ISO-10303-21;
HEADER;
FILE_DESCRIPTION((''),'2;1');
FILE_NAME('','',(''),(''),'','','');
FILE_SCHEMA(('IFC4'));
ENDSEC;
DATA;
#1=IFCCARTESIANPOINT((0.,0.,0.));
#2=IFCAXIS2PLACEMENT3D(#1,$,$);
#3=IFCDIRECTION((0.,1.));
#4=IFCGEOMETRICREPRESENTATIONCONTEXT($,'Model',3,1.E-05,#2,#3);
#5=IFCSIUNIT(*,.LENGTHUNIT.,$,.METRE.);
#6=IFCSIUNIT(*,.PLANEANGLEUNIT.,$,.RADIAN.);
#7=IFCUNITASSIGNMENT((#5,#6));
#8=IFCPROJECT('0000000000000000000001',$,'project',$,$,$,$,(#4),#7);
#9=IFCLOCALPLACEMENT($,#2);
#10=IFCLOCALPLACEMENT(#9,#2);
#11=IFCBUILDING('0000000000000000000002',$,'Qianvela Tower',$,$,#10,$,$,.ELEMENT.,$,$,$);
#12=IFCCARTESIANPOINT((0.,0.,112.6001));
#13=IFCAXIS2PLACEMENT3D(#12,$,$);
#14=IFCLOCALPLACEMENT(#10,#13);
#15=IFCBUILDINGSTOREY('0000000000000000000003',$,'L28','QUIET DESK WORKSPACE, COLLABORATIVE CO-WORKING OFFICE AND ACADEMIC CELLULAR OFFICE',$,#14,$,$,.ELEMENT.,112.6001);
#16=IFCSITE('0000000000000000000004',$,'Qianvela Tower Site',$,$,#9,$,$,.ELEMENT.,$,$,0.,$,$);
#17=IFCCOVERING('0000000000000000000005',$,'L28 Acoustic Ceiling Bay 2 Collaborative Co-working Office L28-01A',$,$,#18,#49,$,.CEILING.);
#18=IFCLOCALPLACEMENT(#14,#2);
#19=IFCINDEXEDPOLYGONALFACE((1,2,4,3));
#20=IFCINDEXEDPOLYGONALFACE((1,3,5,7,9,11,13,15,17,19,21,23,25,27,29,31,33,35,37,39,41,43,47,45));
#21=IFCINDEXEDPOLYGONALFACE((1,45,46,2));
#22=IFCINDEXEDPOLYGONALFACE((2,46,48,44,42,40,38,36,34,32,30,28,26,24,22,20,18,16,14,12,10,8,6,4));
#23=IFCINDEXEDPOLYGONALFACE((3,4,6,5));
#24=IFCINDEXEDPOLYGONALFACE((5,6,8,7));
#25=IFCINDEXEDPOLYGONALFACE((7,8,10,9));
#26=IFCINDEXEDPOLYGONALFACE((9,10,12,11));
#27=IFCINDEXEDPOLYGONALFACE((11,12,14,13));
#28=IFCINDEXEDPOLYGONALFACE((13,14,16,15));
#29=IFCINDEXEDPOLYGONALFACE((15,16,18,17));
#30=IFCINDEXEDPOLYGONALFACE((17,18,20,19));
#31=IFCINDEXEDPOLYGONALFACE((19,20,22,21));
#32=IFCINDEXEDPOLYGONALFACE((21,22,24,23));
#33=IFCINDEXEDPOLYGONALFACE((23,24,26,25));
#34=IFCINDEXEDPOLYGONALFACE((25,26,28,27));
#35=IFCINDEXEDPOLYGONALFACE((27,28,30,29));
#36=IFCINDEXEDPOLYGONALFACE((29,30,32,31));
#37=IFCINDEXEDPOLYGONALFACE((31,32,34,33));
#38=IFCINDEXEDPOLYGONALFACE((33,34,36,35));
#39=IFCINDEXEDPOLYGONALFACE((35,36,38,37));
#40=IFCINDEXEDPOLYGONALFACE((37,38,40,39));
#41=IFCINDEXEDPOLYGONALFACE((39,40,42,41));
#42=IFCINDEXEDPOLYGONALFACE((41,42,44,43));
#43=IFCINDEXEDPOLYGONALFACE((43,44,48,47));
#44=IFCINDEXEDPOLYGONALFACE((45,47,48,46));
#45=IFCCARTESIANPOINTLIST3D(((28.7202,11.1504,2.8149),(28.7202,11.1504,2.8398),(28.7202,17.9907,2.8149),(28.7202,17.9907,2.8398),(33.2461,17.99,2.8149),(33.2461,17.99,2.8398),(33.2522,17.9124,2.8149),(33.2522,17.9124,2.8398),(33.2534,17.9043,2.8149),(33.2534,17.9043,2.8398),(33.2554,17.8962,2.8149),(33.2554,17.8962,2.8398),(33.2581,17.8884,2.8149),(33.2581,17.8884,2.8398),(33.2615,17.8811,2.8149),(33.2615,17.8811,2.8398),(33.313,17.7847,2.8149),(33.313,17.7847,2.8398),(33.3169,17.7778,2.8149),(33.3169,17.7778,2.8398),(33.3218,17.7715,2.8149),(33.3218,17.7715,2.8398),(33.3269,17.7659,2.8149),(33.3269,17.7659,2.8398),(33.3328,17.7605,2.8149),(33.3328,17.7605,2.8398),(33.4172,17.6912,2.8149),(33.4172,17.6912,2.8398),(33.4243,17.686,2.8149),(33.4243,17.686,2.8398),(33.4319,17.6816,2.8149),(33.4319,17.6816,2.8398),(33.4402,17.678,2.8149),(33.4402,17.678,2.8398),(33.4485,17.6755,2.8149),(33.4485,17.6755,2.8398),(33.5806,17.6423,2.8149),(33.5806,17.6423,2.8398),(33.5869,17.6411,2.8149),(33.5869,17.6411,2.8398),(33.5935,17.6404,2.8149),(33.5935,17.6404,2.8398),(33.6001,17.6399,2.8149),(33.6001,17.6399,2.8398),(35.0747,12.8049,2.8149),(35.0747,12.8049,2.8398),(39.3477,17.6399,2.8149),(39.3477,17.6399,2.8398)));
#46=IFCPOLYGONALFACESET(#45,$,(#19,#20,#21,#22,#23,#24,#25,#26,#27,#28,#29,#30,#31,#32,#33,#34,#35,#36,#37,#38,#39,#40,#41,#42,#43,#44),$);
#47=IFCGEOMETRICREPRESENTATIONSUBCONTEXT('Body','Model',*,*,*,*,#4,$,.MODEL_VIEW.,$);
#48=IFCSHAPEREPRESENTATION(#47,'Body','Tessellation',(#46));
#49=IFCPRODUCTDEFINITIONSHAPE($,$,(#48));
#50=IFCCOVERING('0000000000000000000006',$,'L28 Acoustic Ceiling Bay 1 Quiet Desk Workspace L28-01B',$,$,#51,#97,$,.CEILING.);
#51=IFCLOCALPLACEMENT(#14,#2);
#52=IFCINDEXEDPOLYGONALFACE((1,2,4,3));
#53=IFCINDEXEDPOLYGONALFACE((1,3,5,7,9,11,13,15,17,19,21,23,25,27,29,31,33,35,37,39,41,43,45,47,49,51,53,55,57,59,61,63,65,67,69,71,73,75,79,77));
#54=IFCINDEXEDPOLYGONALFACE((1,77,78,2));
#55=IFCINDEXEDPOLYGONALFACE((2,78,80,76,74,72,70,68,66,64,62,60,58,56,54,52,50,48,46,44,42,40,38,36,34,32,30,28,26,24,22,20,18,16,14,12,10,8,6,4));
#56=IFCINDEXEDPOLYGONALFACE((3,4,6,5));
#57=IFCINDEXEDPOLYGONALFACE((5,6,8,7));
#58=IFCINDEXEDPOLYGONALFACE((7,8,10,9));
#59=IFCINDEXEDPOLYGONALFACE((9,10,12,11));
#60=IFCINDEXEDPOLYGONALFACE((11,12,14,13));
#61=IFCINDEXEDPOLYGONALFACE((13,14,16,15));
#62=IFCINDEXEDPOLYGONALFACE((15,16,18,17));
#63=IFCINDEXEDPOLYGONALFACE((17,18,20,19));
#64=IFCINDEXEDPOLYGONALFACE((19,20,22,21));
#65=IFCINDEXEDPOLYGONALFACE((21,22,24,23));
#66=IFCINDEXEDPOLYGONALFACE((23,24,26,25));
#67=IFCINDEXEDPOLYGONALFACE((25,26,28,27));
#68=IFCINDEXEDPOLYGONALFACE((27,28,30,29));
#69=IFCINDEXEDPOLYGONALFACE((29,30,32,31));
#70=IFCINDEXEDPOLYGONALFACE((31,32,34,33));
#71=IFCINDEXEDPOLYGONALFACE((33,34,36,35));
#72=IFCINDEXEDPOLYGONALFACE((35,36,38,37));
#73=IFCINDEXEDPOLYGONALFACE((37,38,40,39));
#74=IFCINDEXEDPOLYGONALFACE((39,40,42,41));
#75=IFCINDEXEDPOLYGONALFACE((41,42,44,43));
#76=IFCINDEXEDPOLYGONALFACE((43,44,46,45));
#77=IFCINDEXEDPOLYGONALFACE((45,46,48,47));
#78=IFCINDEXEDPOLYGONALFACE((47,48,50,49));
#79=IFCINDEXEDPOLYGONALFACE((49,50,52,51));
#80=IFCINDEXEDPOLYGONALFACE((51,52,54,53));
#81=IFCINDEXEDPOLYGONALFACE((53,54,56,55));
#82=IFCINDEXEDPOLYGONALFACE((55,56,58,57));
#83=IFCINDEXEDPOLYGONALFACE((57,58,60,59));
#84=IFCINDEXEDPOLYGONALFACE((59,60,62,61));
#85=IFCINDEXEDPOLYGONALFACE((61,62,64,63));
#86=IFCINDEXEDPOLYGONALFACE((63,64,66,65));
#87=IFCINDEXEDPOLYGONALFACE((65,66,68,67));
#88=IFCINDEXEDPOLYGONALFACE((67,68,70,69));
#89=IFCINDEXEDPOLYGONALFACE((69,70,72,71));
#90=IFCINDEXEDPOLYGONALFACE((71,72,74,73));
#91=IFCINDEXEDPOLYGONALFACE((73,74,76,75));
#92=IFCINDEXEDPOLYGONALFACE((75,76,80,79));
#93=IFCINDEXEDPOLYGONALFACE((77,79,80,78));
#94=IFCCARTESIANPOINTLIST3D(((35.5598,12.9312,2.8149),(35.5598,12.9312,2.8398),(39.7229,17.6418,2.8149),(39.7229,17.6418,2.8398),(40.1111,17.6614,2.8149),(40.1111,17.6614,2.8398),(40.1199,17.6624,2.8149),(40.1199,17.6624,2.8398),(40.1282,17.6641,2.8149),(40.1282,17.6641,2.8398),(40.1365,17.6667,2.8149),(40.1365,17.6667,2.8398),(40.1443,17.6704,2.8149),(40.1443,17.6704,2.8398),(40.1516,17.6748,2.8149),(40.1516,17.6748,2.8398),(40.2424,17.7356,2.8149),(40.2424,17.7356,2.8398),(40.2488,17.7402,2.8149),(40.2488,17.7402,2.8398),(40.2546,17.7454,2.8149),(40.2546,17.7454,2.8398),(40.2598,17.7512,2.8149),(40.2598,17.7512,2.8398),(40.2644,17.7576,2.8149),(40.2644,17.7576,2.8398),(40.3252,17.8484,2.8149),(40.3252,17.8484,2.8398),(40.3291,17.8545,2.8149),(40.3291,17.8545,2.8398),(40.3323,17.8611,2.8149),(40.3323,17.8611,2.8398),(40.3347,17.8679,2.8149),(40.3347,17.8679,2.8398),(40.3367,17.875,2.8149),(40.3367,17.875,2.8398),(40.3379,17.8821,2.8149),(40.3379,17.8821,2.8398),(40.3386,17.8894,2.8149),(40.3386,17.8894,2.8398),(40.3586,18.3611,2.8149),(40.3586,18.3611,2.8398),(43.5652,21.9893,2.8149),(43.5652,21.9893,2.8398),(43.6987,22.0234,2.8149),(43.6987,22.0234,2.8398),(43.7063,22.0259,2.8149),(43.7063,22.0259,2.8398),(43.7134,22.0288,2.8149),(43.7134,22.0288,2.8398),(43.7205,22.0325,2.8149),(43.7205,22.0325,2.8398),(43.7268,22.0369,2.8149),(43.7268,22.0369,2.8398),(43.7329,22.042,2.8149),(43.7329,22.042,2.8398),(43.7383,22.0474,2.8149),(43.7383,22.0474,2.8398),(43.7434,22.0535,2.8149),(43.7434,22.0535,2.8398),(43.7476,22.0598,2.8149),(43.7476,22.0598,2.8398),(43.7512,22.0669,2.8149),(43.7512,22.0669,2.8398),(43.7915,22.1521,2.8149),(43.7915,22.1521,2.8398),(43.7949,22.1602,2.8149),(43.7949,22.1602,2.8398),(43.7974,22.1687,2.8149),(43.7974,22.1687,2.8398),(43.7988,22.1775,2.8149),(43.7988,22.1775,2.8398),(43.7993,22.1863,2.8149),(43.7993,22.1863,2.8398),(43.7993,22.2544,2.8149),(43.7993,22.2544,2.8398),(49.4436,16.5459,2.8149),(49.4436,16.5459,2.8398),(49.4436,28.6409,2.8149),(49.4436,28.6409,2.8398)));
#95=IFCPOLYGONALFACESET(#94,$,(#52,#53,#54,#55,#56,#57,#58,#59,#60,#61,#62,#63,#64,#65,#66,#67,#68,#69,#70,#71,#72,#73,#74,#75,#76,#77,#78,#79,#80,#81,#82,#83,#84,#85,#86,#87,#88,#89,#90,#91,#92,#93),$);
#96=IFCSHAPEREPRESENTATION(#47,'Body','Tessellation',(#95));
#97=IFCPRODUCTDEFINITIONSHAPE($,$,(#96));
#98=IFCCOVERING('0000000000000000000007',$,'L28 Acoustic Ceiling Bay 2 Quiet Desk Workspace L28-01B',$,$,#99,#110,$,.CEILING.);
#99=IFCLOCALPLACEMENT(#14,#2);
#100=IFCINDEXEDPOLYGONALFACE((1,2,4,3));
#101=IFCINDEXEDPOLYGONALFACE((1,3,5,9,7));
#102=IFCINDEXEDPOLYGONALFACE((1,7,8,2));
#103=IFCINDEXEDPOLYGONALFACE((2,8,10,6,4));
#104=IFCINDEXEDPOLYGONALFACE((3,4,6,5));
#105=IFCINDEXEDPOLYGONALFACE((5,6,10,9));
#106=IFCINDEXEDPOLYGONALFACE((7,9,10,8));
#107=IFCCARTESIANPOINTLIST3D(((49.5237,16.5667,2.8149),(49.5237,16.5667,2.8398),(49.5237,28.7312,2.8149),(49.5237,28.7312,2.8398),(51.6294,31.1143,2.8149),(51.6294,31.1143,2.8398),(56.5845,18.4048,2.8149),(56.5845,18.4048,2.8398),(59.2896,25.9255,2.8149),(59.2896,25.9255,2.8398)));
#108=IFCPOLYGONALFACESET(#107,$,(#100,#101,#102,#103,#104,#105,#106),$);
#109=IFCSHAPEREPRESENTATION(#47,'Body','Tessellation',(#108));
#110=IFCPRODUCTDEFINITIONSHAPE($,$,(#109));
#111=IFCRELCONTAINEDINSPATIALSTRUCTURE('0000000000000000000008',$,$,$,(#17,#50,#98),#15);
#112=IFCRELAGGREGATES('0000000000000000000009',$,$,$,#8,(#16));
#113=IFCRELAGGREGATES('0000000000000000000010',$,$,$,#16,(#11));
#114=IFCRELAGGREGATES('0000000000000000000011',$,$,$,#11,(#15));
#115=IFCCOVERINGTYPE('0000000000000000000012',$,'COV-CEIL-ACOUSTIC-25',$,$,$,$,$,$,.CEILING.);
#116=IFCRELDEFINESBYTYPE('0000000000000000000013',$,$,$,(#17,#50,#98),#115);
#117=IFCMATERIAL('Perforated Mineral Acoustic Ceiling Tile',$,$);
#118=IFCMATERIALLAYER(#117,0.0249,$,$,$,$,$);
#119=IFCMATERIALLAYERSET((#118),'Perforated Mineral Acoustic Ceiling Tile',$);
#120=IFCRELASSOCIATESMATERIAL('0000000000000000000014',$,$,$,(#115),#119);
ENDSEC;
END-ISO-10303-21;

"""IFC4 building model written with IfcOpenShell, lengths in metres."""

from ifc_helpers import new_model, si_unit, direction, frame, origin, place, context, subcontext, project, spatial, polyline, outline, extrude, material, layer, layer_set, type_object, element, save


model = new_model("IFC4")

# Units and contexts
model_context = context("Model", 3, precision=1e-05, world=origin(), true_north=direction((0.0, 1.0)))
body_context = subcontext(model_context, "Body", "Model", "MODEL_VIEW")
ifc_project = project(units=[si_unit("LENGTHUNIT", "METRE"), si_unit("PLANEANGLEUNIT", "RADIAN")], contexts=[model_context])

# Site, building, storey
site_placement = place(None, origin())
site = spatial("IfcSite", under=ifc_project, at=site_placement, Name="Qianvela Tower Site", CompositionType="ELEMENT", RefElevation=0.0)
building_placement = place(site_placement, origin())
building = spatial("IfcBuilding", under=site, at=building_placement, Name="Qianvela Tower", CompositionType="ELEMENT")
storey_placement = place(building_placement, frame((0.0, 0.0, 112.6001)))
storey = spatial("IfcBuildingStorey", under=building, at=storey_placement, Name="L28", Description="QUIET DESK WORKSPACE, COLLABORATIVE CO-WORKING OFFICE AND ACADEMIC CELLULAR OFFICE", CompositionType="ELEMENT", Elevation=112.6001)

# Coverings
ifc_material_1 = material(Name="Perforated Mineral Acoustic Ceiling Tile")
ifc_layer_1 = layer(ifc_material_1, 0.0249)
ifc_layer_set_1 = layer_set([ifc_layer_1], Name="Perforated Mineral Acoustic Ceiling Tile")
covering_type_1 = type_object("IfcCoveringType", Name="COV-CEIL-ACOUSTIC-25", PredefinedType="CEILING", material=ifc_layer_set_1)
covering_1_placement = place(storey_placement, frame((0.0, 0.0, 2.8149)))
element("IfcCovering", 1, at=covering_1_placement, inside=storey, type_object=covering_type_1, Name="L28 Acoustic Ceiling Bay 2 Collaborative Co-working Office L28-01A", PredefinedType="CEILING", context=body_context, shape_type="SweptSolid", body=[
    extrude(outline(polyline([(33.2461, 17.99), (33.2522, 17.9124), (33.2534, 17.9043), (33.2554, 17.8962), (33.2581, 17.8884), (33.2615, 17.8811), (33.313, 17.7847), (33.3169, 17.7778), (33.3218, 17.7715), (33.3269, 17.7659), (33.3328, 17.7605), (33.4172, 17.6912), (33.4243, 17.686), (33.4319, 17.6816), (33.4402, 17.678), (33.4485, 17.6755), (33.5806, 17.6423), (33.5869, 17.6411), (33.5935, 17.6404), (33.6001, 17.6399), (39.3477, 17.6399), (35.0747, 12.8049), (28.7202, 11.1504), (28.7202, 17.9907), (33.2461, 17.99)])), origin(), (0.0, 0.0, 1.0), 0.0249),
])
covering_2_placement = place(storey_placement, frame((0.0, 0.0, 2.8149)))
element("IfcCovering", 2, at=covering_2_placement, inside=storey, type_object=covering_type_1, Name="L28 Acoustic Ceiling Bay 1 Quiet Desk Workspace L28-01B", PredefinedType="CEILING", context=body_context, shape_type="SweptSolid", body=[
    extrude(outline(polyline([(40.1199, 17.6624), (40.1282, 17.6641), (40.1365, 17.6667), (40.1443, 17.6704), (40.1516, 17.6748), (40.2424, 17.7356), (40.2488, 17.7402), (40.2546, 17.7454), (40.2598, 17.7512), (40.2644, 17.7576), (40.3252, 17.8484), (40.3291, 17.8545), (40.3323, 17.8611), (40.3347, 17.8679), (40.3367, 17.875), (40.3379, 17.8821), (40.3386, 17.8894), (40.3586, 18.3611), (43.5652, 21.9893), (43.6987, 22.0234), (43.7063, 22.0259), (43.7134, 22.0288), (43.7205, 22.0325), (43.7268, 22.0369), (43.7329, 22.042), (43.7383, 22.0474), (43.7434, 22.0535), (43.7476, 22.0598), (43.7512, 22.0669), (43.7915, 22.1521), (43.7949, 22.1602), (43.7974, 22.1687), (43.7988, 22.1775), (43.7993, 22.1863), (43.7993, 22.2544), (49.4436, 28.6409), (49.4436, 16.5459), (35.5598, 12.9312), (39.7229, 17.6418), (40.1111, 17.6614), (40.1199, 17.6624)])), origin(), (0.0, 0.0, 1.0), 0.0249),
])
covering_3_placement = place(storey_placement, frame((0.0, 0.0, 2.8149)))
element("IfcCovering", 3, at=covering_3_placement, inside=storey, type_object=covering_type_1, Name="L28 Acoustic Ceiling Bay 2 Quiet Desk Workspace L28-01B", PredefinedType="CEILING", context=body_context, shape_type="SweptSolid", body=[
    extrude(outline(polyline([(51.6294, 31.1143), (59.2896, 25.9255), (56.5845, 18.4048), (49.5237, 16.5667), (49.5237, 28.7312), (51.6294, 31.1143)])), origin(), (0.0, 0.0, 1.0), 0.0249),
])

save(model, "model.ifc")
